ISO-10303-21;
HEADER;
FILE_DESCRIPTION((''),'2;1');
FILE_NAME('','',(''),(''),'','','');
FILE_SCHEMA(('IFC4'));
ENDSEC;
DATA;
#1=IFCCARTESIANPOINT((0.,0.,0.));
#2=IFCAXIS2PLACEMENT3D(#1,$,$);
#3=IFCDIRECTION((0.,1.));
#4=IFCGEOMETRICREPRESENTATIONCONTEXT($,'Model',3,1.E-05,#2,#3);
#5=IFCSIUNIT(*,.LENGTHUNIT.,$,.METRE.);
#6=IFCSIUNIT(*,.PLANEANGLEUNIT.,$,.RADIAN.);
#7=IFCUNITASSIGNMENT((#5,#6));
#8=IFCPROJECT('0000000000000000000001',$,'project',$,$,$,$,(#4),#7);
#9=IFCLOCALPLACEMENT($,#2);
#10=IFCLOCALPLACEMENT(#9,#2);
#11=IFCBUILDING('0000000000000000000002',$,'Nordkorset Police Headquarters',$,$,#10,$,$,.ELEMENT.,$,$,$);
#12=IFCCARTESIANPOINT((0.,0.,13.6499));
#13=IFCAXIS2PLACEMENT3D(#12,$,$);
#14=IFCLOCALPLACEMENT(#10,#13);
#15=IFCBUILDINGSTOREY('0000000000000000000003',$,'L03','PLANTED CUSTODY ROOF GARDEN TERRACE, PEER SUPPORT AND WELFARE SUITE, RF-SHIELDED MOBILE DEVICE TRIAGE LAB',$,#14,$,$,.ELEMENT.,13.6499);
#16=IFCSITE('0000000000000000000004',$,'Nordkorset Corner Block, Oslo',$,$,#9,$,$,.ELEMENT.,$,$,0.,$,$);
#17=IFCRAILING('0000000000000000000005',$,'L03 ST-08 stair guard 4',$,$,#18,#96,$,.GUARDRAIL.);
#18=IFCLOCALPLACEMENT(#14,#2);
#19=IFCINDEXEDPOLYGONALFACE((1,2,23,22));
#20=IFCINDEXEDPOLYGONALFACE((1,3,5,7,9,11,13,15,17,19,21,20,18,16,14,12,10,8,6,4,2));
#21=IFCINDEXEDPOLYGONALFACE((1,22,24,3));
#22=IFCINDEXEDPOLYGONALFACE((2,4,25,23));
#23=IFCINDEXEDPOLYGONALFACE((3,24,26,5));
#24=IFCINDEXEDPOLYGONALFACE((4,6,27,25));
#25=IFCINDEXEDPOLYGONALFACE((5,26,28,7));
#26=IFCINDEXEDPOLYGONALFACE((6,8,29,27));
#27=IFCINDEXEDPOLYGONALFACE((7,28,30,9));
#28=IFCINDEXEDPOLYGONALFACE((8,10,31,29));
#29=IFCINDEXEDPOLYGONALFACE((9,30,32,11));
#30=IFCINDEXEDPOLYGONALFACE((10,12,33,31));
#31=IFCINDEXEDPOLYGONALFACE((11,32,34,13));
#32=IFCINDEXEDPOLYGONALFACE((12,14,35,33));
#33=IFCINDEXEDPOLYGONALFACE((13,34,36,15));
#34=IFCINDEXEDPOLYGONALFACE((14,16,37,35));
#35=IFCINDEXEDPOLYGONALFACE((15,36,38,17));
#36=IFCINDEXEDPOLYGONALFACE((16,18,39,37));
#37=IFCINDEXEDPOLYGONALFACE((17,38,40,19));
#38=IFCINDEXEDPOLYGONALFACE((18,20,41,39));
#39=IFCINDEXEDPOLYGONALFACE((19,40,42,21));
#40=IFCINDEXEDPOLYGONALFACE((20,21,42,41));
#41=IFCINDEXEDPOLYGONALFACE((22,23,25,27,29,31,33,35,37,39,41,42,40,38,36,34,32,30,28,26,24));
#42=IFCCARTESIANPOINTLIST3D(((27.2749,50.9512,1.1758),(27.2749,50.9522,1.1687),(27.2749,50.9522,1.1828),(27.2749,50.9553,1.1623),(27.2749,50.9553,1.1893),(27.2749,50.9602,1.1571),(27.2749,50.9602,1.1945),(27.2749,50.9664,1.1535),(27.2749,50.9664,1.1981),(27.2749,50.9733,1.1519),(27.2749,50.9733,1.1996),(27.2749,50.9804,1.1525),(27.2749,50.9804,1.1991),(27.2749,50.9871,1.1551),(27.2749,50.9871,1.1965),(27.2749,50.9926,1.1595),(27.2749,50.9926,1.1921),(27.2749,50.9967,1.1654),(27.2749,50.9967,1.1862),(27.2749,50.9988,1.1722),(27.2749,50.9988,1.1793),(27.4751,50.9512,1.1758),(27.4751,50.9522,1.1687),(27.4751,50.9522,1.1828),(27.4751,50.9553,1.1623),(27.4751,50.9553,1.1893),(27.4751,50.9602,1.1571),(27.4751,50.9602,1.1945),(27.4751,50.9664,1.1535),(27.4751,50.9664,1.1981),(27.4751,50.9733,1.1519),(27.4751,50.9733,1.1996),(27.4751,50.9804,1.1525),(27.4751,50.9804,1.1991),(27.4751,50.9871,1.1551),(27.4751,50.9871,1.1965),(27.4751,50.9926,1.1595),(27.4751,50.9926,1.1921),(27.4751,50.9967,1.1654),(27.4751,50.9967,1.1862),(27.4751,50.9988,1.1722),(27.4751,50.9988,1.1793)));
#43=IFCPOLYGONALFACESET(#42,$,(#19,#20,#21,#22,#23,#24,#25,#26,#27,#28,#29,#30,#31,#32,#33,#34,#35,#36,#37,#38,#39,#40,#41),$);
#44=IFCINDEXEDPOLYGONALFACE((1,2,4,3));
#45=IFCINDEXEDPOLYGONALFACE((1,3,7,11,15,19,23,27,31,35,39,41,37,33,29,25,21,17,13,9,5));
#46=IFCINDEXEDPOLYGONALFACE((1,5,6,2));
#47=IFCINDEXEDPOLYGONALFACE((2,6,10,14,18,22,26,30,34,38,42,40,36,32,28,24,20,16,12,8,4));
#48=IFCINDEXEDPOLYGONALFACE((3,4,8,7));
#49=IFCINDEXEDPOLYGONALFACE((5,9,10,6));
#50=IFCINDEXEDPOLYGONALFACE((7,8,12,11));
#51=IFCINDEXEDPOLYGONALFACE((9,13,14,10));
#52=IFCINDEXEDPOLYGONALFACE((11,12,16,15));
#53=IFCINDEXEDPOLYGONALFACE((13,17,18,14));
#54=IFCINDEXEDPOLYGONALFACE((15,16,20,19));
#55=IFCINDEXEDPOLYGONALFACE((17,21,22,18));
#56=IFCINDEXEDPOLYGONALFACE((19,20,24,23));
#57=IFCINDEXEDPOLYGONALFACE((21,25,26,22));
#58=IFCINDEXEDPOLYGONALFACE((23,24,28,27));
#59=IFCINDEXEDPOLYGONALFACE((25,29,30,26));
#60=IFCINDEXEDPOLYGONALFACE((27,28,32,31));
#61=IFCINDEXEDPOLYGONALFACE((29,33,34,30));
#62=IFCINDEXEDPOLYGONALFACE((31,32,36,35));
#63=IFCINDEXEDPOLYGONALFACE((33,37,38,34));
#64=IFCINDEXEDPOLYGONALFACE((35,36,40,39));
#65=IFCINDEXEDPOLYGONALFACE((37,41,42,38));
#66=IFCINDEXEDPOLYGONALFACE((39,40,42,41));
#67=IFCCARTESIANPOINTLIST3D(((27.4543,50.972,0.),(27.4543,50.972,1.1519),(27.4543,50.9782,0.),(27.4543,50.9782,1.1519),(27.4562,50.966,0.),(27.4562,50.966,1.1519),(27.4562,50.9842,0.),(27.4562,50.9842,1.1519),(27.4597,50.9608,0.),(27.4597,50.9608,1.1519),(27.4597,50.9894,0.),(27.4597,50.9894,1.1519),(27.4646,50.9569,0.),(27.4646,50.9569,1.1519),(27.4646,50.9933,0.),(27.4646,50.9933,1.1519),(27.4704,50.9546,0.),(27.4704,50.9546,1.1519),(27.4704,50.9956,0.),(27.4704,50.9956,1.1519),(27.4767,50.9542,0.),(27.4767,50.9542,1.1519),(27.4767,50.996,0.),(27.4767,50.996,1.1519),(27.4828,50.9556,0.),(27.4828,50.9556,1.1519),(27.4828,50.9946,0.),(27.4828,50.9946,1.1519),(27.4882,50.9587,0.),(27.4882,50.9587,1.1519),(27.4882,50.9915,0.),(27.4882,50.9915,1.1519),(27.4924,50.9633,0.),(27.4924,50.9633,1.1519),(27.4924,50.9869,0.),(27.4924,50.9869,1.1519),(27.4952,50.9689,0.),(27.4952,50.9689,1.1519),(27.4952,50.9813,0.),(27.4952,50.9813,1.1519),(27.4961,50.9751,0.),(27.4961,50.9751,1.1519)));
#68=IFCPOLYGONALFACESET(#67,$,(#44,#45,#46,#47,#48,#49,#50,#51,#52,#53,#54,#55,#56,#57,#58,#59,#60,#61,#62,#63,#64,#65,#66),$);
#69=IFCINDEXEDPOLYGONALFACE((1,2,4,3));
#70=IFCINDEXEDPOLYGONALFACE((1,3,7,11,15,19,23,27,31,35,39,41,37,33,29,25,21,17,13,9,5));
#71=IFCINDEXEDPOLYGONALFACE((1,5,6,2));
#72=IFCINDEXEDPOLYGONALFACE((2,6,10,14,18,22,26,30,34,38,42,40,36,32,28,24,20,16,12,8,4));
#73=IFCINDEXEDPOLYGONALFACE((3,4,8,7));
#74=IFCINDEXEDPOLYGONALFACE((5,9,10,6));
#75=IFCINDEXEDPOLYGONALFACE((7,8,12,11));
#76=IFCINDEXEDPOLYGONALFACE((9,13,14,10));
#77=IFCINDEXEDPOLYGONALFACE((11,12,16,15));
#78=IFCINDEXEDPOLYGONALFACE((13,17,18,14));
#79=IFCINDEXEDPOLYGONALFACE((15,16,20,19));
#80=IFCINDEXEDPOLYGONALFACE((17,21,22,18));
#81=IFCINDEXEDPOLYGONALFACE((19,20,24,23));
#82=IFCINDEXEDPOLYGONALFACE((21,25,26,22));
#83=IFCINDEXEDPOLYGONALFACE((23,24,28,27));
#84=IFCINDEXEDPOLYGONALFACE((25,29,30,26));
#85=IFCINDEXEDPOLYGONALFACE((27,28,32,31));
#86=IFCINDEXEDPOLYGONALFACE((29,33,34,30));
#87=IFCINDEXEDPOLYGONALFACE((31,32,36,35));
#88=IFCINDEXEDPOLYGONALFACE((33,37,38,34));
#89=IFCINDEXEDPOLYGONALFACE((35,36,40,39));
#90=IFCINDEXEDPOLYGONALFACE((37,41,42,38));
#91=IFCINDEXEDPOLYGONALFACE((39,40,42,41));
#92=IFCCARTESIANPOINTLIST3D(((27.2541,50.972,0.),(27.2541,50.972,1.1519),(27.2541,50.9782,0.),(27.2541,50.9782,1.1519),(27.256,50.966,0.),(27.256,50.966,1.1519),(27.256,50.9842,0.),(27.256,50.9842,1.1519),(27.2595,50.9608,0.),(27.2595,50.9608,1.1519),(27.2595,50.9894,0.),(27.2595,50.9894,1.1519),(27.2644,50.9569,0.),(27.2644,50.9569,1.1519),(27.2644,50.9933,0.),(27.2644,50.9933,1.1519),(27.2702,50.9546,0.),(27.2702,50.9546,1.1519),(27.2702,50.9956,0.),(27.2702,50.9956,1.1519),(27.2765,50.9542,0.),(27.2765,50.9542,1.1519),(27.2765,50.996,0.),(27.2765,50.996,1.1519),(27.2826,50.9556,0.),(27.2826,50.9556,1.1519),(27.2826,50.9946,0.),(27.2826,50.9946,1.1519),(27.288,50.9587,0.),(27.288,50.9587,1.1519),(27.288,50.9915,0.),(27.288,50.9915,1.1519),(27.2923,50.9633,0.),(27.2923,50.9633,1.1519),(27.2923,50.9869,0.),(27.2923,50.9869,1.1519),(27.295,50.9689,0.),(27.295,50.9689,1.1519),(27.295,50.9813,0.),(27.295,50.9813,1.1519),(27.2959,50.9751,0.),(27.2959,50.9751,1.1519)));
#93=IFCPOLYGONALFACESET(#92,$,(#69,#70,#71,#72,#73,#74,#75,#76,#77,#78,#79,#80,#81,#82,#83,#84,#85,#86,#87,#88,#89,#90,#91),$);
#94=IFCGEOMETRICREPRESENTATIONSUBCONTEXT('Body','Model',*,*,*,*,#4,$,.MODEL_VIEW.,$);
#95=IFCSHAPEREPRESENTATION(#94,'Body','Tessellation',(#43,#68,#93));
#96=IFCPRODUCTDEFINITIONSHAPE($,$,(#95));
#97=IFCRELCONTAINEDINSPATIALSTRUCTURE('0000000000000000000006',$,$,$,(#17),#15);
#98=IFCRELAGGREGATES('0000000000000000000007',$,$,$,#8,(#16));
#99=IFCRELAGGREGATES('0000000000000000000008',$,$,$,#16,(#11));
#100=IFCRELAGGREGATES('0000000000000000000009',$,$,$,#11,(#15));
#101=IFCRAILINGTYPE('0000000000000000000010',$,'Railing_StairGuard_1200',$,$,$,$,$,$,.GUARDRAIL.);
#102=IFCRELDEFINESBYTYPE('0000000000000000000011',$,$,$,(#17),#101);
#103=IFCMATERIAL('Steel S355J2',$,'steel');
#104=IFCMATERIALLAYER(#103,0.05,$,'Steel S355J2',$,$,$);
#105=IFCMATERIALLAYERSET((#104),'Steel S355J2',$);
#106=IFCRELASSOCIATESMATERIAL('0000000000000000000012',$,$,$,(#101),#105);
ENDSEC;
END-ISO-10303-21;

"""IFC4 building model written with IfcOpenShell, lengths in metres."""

from ifc_helpers import new_model, si_unit, direction, frame, origin, origin_2d, place, context, subcontext, project, spatial, circle, extrude, material, layer, layer_set, type_object, element, save


model = new_model("IFC4")

# Units and contexts
model_context = context("Model", 3, precision=1e-05, world=origin(), true_north=direction((0.0, 1.0)))
body_context = subcontext(model_context, "Body", "Model", "MODEL_VIEW")
ifc_project = project(units=[si_unit("LENGTHUNIT", "METRE"), si_unit("PLANEANGLEUNIT", "RADIAN")], contexts=[model_context])

# Site, building, storey
site_placement = place(None, origin())
site = spatial("IfcSite", under=ifc_project, at=site_placement, Name="Nordkorset Corner Block, Oslo", CompositionType="ELEMENT", RefElevation=0.0)
building_placement = place(site_placement, origin())
building = spatial("IfcBuilding", under=site, at=building_placement, Name="Nordkorset Police Headquarters", CompositionType="ELEMENT")
storey_placement = place(building_placement, frame((0.0, 0.0, 13.6499)))
storey = spatial("IfcBuildingStorey", under=building, at=storey_placement, Name="L03", Description="PLANTED CUSTODY ROOF GARDEN TERRACE, PEER SUPPORT AND WELFARE SUITE, RF-SHIELDED MOBILE DEVICE TRIAGE LAB", CompositionType="ELEMENT", Elevation=13.6499)

# Railing
ifc_material_1 = material(Name="Steel S355J2", Category="steel")
ifc_layer_1 = layer(ifc_material_1, 0.05, Name="Steel S355J2")
ifc_layer_set_1 = layer_set([ifc_layer_1], Name="Steel S355J2")
railing_type_1 = type_object("IfcRailingType", Name="Railing_StairGuard_1200", PredefinedType="GUARDRAIL", material=ifc_layer_set_1)
railing_1_placement = place(storey_placement, frame((27.4751, 50.9751, 0.0)))
element("IfcRailing", 1, at=railing_1_placement, inside=storey, type_object=railing_type_1, Name="L03 ST-08 stair guard 4", PredefinedType="GUARDRAIL", context=body_context, shape_type="SweptSolid", body=[
    extrude(circle(Radius=0.0239, at=origin_2d()), frame((0.0, 0.0, 1.1758), z_axis=(-1.0, 0.0, 0.0), x_axis=(0.0, -1.0, 0.0)), (0.0, 0.0, 1.0), 0.2002),
    extrude(circle(Radius=0.021, at=origin_2d()), origin(), (0.0, 0.0, 1.0), 1.1519),
    extrude(circle(Radius=0.021, at=origin_2d()), frame((-0.2002, 0.0, 0.0)), (0.0, 0.0, 1.0), 1.1519),
])

save(model, "model.ifc")
